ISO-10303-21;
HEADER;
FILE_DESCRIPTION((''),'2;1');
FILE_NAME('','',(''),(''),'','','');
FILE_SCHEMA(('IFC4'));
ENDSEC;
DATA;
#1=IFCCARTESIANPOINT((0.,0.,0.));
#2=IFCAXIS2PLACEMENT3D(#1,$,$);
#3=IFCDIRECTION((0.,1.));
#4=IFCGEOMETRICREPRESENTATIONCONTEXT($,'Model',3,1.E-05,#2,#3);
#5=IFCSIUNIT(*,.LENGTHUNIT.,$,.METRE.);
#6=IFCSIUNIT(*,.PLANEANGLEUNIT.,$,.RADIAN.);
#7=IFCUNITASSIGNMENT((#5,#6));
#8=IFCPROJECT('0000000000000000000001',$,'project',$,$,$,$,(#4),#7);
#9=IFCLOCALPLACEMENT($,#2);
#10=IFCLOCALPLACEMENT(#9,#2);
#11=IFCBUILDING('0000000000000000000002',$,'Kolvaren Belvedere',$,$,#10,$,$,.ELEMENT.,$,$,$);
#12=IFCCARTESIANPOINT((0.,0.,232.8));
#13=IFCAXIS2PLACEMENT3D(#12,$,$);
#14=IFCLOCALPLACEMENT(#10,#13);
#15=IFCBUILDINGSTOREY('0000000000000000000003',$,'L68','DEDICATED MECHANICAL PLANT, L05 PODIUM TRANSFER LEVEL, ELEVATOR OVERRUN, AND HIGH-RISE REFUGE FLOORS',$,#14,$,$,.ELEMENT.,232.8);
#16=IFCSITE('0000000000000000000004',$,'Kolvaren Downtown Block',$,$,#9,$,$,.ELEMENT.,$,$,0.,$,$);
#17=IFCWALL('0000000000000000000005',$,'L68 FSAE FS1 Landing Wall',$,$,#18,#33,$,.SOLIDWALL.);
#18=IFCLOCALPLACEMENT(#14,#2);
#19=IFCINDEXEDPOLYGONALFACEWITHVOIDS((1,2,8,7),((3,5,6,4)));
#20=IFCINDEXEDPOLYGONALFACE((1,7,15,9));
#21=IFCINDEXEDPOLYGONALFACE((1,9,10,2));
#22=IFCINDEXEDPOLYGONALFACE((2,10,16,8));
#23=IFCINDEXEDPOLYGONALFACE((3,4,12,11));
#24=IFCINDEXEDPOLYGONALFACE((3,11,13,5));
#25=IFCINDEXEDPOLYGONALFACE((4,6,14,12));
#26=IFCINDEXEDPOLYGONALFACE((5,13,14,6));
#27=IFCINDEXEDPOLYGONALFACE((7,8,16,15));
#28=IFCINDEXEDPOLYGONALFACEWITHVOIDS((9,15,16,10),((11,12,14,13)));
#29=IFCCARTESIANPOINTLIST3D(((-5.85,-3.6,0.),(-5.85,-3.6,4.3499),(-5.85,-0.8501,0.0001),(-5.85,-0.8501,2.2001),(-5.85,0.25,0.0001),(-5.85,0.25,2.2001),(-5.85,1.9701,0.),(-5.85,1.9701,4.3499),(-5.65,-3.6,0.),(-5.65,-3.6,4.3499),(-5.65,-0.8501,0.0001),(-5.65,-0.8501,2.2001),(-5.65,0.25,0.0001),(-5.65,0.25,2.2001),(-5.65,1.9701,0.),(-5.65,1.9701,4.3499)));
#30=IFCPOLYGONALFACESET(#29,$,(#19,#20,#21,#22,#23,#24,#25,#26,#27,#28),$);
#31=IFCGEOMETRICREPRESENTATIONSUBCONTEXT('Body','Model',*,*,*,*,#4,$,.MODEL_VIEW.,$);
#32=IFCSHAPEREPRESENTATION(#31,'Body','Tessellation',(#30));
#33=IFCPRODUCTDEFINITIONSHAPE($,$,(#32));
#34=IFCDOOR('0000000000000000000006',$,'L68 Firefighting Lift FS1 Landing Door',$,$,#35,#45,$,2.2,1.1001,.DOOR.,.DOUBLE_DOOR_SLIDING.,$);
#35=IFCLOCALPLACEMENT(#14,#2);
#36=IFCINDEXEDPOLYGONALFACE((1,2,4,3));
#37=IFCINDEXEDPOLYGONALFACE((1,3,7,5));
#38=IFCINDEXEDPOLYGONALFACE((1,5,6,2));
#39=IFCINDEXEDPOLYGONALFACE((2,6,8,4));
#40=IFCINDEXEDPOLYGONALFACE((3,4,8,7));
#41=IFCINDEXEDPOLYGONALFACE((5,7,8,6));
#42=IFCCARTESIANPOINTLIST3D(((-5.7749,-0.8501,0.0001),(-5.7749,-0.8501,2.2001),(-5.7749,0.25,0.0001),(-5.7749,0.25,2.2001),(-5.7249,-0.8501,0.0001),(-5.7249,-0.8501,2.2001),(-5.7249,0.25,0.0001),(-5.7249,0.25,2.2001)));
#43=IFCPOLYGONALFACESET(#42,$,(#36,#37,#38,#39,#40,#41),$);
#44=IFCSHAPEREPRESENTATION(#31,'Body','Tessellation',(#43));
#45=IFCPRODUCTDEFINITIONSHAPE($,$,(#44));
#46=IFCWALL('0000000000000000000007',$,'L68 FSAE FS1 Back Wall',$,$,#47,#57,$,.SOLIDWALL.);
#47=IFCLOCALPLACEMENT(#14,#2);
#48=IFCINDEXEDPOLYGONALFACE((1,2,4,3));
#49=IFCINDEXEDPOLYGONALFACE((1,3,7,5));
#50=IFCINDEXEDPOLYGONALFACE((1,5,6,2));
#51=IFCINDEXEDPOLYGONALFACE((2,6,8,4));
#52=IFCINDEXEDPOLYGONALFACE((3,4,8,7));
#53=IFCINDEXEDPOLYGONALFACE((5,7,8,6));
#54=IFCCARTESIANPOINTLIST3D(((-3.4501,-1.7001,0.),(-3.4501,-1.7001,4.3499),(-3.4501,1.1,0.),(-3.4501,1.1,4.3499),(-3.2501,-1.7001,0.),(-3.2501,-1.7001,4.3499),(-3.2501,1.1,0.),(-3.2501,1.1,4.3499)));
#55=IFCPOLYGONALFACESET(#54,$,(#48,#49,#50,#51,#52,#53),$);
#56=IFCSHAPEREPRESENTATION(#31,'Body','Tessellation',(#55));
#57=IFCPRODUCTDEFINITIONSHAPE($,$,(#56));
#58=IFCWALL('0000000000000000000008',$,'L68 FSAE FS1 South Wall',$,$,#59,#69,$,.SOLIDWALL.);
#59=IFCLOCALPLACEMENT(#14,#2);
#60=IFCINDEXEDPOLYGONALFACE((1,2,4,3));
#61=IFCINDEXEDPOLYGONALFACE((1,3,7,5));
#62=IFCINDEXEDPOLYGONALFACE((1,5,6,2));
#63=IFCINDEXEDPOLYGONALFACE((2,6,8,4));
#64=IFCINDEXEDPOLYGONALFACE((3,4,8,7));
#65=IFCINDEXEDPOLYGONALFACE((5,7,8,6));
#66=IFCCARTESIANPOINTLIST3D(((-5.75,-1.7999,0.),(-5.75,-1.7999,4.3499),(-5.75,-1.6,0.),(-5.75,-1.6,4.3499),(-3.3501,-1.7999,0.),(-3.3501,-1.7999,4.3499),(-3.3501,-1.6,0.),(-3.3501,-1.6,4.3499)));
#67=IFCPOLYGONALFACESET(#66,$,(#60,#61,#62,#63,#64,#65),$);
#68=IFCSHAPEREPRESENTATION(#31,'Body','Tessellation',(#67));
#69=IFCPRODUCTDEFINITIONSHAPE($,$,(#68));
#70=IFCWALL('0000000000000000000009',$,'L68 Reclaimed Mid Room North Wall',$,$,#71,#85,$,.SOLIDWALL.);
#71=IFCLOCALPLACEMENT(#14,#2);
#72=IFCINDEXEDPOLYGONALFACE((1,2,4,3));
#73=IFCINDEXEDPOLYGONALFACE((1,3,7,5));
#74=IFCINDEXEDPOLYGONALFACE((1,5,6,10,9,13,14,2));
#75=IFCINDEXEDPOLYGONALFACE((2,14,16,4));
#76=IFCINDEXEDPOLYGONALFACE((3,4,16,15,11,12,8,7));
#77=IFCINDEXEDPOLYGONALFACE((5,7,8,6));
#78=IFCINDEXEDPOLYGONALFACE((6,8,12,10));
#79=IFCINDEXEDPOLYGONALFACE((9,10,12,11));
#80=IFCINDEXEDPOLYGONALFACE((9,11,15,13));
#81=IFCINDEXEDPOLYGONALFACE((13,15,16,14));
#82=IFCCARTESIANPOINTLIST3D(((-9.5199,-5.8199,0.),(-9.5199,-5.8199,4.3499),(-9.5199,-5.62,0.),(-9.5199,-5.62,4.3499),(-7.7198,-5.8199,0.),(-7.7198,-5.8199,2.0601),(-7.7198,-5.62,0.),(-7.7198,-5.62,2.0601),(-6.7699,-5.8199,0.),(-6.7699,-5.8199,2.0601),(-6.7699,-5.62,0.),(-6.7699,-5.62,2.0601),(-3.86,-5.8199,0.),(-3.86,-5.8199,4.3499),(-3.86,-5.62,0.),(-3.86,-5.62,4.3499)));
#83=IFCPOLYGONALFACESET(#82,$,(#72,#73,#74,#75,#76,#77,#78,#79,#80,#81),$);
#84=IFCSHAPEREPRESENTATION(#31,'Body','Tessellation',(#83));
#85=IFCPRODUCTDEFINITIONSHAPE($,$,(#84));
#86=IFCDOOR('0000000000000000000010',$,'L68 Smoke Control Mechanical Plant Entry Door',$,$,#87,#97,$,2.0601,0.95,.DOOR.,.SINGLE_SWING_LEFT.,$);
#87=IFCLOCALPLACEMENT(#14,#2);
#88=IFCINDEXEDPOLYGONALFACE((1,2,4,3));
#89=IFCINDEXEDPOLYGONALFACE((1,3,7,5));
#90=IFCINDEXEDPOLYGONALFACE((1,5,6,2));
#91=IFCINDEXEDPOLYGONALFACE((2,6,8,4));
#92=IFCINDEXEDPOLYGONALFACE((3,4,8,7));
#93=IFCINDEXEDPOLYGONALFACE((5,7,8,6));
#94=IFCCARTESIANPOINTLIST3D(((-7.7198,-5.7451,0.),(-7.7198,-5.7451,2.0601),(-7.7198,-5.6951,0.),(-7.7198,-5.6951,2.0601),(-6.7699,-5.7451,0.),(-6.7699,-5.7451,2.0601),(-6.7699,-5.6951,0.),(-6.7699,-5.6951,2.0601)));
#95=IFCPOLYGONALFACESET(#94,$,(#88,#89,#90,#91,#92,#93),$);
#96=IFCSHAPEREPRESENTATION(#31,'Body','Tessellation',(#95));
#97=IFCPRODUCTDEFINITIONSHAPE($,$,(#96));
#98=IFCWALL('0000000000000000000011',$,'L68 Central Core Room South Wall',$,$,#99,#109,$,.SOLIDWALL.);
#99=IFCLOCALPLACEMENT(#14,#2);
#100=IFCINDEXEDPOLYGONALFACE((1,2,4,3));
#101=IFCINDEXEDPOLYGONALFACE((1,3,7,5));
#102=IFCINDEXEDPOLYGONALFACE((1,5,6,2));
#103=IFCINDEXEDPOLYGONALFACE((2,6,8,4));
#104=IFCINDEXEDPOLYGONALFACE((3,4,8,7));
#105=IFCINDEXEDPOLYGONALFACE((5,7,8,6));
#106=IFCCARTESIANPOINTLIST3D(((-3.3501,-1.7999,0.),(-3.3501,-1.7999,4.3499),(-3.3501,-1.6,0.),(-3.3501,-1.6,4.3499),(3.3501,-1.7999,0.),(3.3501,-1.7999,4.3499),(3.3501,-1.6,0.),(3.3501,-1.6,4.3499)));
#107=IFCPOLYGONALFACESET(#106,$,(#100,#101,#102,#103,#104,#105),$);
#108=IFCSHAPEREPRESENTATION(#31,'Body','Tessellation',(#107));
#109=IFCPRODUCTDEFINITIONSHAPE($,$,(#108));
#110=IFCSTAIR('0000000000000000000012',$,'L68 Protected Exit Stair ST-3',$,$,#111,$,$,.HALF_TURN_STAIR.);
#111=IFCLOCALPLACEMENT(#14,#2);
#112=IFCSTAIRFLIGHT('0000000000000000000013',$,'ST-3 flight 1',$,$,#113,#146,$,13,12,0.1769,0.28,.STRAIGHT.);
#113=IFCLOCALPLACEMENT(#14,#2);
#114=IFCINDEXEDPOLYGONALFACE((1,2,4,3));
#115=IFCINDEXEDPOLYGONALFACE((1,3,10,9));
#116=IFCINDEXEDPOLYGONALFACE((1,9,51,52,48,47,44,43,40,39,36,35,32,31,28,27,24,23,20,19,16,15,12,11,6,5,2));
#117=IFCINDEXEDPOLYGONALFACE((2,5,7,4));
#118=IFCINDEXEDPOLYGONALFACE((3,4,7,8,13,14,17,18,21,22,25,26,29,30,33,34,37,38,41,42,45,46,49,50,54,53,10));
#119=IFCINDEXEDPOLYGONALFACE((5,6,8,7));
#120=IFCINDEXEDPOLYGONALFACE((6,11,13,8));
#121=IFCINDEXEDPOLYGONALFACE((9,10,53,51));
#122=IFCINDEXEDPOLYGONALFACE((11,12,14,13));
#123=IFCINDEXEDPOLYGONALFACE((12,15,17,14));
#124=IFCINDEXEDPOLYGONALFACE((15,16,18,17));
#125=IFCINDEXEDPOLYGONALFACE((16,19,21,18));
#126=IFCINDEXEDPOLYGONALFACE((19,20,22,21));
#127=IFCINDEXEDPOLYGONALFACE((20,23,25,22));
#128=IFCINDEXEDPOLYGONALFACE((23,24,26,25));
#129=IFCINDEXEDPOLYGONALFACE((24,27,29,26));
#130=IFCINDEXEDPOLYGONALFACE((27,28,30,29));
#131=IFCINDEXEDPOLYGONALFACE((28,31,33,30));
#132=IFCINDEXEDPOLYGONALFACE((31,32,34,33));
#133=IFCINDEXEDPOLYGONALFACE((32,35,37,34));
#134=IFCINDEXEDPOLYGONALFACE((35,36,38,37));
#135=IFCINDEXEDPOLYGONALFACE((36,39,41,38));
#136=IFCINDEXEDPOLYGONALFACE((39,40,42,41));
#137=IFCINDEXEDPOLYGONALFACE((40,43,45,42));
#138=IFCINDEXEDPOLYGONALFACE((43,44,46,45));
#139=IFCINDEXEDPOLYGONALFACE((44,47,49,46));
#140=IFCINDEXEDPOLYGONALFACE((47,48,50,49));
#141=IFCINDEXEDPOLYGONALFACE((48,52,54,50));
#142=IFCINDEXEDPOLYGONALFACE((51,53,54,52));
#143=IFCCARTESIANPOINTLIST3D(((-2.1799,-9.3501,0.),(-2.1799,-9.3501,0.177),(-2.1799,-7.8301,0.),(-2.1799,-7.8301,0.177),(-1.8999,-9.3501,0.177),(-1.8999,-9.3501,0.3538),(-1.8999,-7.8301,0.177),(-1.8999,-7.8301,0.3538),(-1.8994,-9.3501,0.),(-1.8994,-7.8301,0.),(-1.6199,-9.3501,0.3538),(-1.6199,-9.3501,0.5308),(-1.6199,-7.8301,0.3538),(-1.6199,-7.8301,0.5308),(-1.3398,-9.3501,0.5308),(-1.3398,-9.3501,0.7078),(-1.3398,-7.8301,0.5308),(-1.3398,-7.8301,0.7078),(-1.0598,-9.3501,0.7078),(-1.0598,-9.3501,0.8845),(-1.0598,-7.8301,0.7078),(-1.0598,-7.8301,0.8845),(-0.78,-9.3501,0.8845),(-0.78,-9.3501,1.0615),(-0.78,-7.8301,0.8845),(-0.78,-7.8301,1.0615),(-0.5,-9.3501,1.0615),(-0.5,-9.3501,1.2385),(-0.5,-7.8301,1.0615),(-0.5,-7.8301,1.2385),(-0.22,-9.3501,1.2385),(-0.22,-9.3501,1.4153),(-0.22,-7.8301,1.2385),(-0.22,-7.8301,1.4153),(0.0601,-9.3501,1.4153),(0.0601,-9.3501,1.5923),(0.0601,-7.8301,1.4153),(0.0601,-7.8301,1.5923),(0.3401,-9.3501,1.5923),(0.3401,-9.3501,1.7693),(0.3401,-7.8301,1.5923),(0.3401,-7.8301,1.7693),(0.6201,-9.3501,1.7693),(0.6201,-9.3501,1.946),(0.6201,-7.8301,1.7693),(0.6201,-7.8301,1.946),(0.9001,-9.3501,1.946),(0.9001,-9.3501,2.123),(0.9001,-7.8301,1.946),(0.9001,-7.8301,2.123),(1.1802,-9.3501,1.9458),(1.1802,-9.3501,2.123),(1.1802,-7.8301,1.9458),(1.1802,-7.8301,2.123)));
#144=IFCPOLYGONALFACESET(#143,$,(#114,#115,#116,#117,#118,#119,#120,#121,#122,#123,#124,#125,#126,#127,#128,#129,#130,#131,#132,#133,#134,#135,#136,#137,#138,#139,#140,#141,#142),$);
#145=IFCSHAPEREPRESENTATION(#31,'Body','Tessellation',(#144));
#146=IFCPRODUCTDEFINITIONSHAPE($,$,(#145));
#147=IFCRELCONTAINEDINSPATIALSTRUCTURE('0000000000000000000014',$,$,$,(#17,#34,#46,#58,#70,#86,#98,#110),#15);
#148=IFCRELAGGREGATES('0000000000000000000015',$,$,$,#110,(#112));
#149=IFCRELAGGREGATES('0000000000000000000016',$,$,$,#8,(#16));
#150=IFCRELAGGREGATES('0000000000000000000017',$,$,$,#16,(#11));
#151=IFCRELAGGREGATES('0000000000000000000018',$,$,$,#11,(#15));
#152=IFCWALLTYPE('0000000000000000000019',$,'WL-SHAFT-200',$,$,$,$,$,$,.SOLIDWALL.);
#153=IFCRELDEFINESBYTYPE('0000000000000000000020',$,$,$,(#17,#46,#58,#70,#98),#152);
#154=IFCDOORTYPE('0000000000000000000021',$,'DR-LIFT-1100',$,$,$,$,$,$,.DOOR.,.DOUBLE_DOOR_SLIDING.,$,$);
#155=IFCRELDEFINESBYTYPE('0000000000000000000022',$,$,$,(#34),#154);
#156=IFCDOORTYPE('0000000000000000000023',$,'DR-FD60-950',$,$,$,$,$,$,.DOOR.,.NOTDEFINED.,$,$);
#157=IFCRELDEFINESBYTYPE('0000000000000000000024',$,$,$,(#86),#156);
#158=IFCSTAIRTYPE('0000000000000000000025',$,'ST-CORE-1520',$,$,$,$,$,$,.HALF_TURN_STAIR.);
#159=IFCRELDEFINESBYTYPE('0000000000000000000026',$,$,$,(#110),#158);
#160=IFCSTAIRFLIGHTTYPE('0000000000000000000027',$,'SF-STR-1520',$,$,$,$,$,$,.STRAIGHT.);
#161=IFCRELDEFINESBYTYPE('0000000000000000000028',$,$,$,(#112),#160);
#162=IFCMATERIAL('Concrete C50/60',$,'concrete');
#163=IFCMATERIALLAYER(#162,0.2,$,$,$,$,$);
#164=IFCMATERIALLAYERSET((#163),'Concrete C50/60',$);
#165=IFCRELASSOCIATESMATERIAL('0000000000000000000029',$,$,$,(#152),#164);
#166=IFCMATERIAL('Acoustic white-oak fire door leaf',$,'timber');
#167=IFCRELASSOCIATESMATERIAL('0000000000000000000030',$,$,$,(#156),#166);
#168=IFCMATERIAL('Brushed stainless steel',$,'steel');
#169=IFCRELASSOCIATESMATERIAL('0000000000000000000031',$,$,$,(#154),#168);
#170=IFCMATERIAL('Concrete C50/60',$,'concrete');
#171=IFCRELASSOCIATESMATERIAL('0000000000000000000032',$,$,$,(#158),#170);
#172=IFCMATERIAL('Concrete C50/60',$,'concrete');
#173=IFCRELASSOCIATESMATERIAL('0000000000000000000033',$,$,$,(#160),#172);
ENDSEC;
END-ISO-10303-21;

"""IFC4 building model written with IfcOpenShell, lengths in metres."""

from ifc_helpers import new_model, si_unit, direction, frame, frame_2d, origin, place, context, subcontext, project, spatial, polyline, rectangle, outline, extrude, material, layer, layer_set, type_object, element, fill, aggregate, save


model = new_model("IFC4")

# Units and contexts
model_context = context("Model", 3, precision=1e-05, world=origin(), true_north=direction((0.0, 1.0)))
body_context = subcontext(model_context, "Body", "Model", "MODEL_VIEW")
ifc_project = project(units=[si_unit("LENGTHUNIT", "METRE"), si_unit("PLANEANGLEUNIT", "RADIAN")], contexts=[model_context])

# Site, building, storey
site_placement = place(None, origin())
site = spatial("IfcSite", under=ifc_project, at=site_placement, Name="Kolvaren Downtown Block", CompositionType="ELEMENT", RefElevation=0.0)
building_placement = place(site_placement, origin())
building = spatial("IfcBuilding", under=site, at=building_placement, Name="Kolvaren Belvedere", CompositionType="ELEMENT")
storey_placement = place(building_placement, frame((0.0, 0.0, 232.8)))
storey = spatial("IfcBuildingStorey", under=building, at=storey_placement, Name="L68", Description="DEDICATED MECHANICAL PLANT, L05 PODIUM TRANSFER LEVEL, ELEVATOR OVERRUN, AND HIGH-RISE REFUGE FLOORS", CompositionType="ELEMENT", Elevation=232.8)

# Wall, opening, door
ifc_material_1 = material(Name="Concrete C50/60", Category="concrete")
ifc_layer_1 = layer(ifc_material_1, 0.2)
ifc_layer_set_1 = layer_set([ifc_layer_1], Name="Concrete C50/60")
wall_type_1 = type_object("IfcWallType", Name="WL-SHAFT-200", PredefinedType="SOLIDWALL", material=ifc_layer_set_1)
ifc_material_2 = material(Name="Acoustic white-oak fire door leaf", Category="timber")
door_type_1 = type_object("IfcDoorType", Name="DR-FD60-950", OperationType="NOTDEFINED", PredefinedType="DOOR", material=ifc_material_2)
wall_1_placement = place(storey_placement, frame((-5.75, -3.6001, 0.0), z_axis=(0.0, 0.0, 1.0), x_axis=(0.0, 1.0, 0.0)))
wall_1 = element("IfcWall", 1, at=wall_1_placement, inside=storey, type_object=wall_type_1, Name="L68 FSAE FS1 Landing Wall", PredefinedType="SOLIDWALL", context=body_context, shape_type="SweptSolid", body=[
    extrude(rectangle(XDim=5.5701, YDim=0.2, at=frame_2d((2.7852, 0.0))), origin(), (0.0, 0.0, 1.0), 4.3499),
])
opening_1_placement = place(wall_1_placement, frame((2.75, 0.0, 0.0)))
opening_1 = element("IfcOpeningElement", 2, at=opening_1_placement, cuts=wall_1, PredefinedType="OPENING", context=body_context, shape_type="SweptSolid", body=[
    extrude(rectangle(XDim=1.1001, YDim=2.2, at=frame_2d((0.55, 1.1001))), frame((0.0, 0.1099, 0.0), z_axis=(0.0, -1.0, 0.0), x_axis=(1.0, 0.0, 0.0)), (0.0, 0.0, 1.0), 0.22),
])
ifc_material_3 = material(Name="Brushed stainless steel", Category="steel")
door_type_2 = type_object("IfcDoorType", Name="DR-LIFT-1100", OperationType="DOUBLE_DOOR_SLIDING", PredefinedType="DOOR", material=ifc_material_3)
door_1_placement = place(opening_1_placement, origin())
door_1 = element("IfcDoor", 3, at=door_1_placement, inside=storey, type_object=door_type_2, Name="L68 Firefighting Lift FS1 Landing Door", OperationType="DOUBLE_DOOR_SLIDING", OverallHeight=2.2, OverallWidth=1.1001, PredefinedType="DOOR", context=body_context, shape_type="SweptSolid", body=[
    extrude(rectangle(XDim=1.1001, YDim=2.2, at=frame_2d((0.55, 1.1001))), frame((0.0, 0.0249, 0.0), z_axis=(0.0, -1.0, 0.0), x_axis=(1.0, 0.0, 0.0)), (0.0, 0.0, 1.0), 0.05),
])
fill(opening_1, door_1)

# Walls
wall_2_placement = place(storey_placement, frame((-3.3501, -1.7, 0.0), z_axis=(0.0, 0.0, 1.0), x_axis=(0.0, 1.0, 0.0)))
element("IfcWall", 4, at=wall_2_placement, inside=storey, type_object=wall_type_1, Name="L68 FSAE FS1 Back Wall", PredefinedType="SOLIDWALL", context=body_context, shape_type="SweptSolid", body=[
    extrude(rectangle(XDim=2.8, YDim=0.2, at=frame_2d((1.3999, 0.0))), origin(), (0.0, 0.0, 1.0), 4.3499),
])
wall_3_placement = place(storey_placement, frame((-5.75, -1.7, 0.0), z_axis=(0.0, 0.0, 1.0), x_axis=(1.0, 0.0, 0.0)))
element("IfcWall", 5, at=wall_3_placement, inside=storey, type_object=wall_type_1, Name="L68 FSAE FS1 South Wall", PredefinedType="SOLIDWALL", context=body_context, shape_type="SweptSolid", body=[
    extrude(rectangle(XDim=2.3999, YDim=0.2, at=frame_2d((1.2, 0.0))), origin(), (0.0, 0.0, 1.0), 4.3499),
])

# Wall, opening, door
wall_4_placement = place(storey_placement, frame((-9.52, -5.72, 0.0), z_axis=(0.0, 0.0, 1.0), x_axis=(1.0, 0.0, 0.0)))
wall_4 = element("IfcWall", 6, at=wall_4_placement, inside=storey, type_object=wall_type_1, Name="L68 Reclaimed Mid Room North Wall", PredefinedType="SOLIDWALL", context=body_context, shape_type="SweptSolid", body=[
    extrude(rectangle(XDim=5.6599, YDim=0.2, at=frame_2d((2.8301, 0.0))), origin(), (0.0, 0.0, 1.0), 4.3499),
])
opening_2_placement = place(wall_4_placement, frame((1.8, 0.0, 0.0)))
opening_2 = element("IfcOpeningElement", 7, at=opening_2_placement, cuts=wall_4, PredefinedType="OPENING", context=body_context, shape_type="SweptSolid", body=[
    extrude(rectangle(XDim=0.95, YDim=2.0601, at=frame_2d((0.4751, 1.03))), frame((0.0, 0.1099, 0.0), z_axis=(0.0, -1.0, 0.0), x_axis=(1.0, 0.0, 0.0)), (0.0, 0.0, 1.0), 0.22),
])
door_2_placement = place(opening_2_placement, origin())
door_2 = element("IfcDoor", 8, at=door_2_placement, inside=storey, type_object=door_type_1, Name="L68 Smoke Control Mechanical Plant Entry Door", OperationType="SINGLE_SWING_LEFT", OverallHeight=2.0601, OverallWidth=0.95, PredefinedType="DOOR", context=body_context, shape_type="SweptSolid", body=[
    extrude(rectangle(XDim=0.95, YDim=2.0601, at=frame_2d((0.4751, 1.03))), frame((0.0, 0.0249, 0.0), z_axis=(0.0, -1.0, 0.0), x_axis=(1.0, 0.0, 0.0)), (0.0, 0.0, 1.0), 0.05),
])
fill(opening_2, door_2)

# Wall
wall_5_placement = place(storey_placement, frame((-3.3501, -1.7, 0.0), z_axis=(0.0, 0.0, 1.0), x_axis=(1.0, 0.0, 0.0)))
element("IfcWall", 9, at=wall_5_placement, inside=storey, type_object=wall_type_1, Name="L68 Central Core Room South Wall", PredefinedType="SOLIDWALL", context=body_context, shape_type="SweptSolid", body=[
    extrude(rectangle(XDim=6.7002, YDim=0.2, at=frame_2d((3.3501, 0.0))), origin(), (0.0, 0.0, 1.0), 4.3499),
])

# Stair, stair flight
ifc_material_4 = material(Name="Concrete C50/60", Category="concrete")
stair_type = type_object("IfcStairType", Name="ST-CORE-1520", PredefinedType="HALF_TURN_STAIR", material=ifc_material_4)
stair_placement = place(storey_placement, origin())
stair = element("IfcStair", 10, at=stair_placement, inside=storey, type_object=stair_type, Name="L68 Protected Exit Stair ST-3", PredefinedType="HALF_TURN_STAIR")
ifc_material_5 = material(Name="Concrete C50/60", Category="concrete")
stair_flight_type = type_object("IfcStairFlightType", Name="SF-STR-1520", PredefinedType="STRAIGHT", material=ifc_material_5)
stair_flight_placement = place(storey_placement, frame((-2.1799, -8.5901, 0.0), z_axis=(0.0, 0.0, 1.0), x_axis=(1.0, 0.0, 0.0)))
stair_flight = element("IfcStairFlight", 11, at=stair_flight_placement, type_object=stair_flight_type, Name="ST-3 flight 1", NumberOfRisers=13, NumberOfTreads=12, PredefinedType="STRAIGHT", RiserHeight=0.1769, TreadLength=0.28, context=body_context, shape_type="SweptSolid", body=[
    extrude(outline(polyline([(0.0, 0.0), (0.0, 0.177), (0.28, 0.177), (0.28, 0.3538), (0.5601, 0.3538), (0.5601, 0.5308), (0.8401, 0.5308), (0.8401, 0.7078), (1.1201, 0.7078), (1.1201, 0.8845), (1.3999, 0.8845), (1.3999, 1.0615), (1.6799, 1.0615), (1.6799, 1.2385), (1.96, 1.2385), (1.96, 1.4153), (2.24, 1.4153), (2.24, 1.5923), (2.52, 1.5923), (2.52, 1.7693), (2.8, 1.7693), (2.8, 1.946), (3.0801, 1.946), (3.0801, 2.123), (3.3601, 2.123), (3.3601, 2.3), (3.3601, 1.9458), (0.2805, 0.0), (0.0, 0.0)])), frame((0.0, 0.76, 0.0), z_axis=(0.0, -1.0, 0.0), x_axis=(1.0, 0.0, 0.0)), (0.0, 0.0, 1.0), 1.52),
])
aggregate(stair, [stair_flight])

save(model, "model.ifc")
